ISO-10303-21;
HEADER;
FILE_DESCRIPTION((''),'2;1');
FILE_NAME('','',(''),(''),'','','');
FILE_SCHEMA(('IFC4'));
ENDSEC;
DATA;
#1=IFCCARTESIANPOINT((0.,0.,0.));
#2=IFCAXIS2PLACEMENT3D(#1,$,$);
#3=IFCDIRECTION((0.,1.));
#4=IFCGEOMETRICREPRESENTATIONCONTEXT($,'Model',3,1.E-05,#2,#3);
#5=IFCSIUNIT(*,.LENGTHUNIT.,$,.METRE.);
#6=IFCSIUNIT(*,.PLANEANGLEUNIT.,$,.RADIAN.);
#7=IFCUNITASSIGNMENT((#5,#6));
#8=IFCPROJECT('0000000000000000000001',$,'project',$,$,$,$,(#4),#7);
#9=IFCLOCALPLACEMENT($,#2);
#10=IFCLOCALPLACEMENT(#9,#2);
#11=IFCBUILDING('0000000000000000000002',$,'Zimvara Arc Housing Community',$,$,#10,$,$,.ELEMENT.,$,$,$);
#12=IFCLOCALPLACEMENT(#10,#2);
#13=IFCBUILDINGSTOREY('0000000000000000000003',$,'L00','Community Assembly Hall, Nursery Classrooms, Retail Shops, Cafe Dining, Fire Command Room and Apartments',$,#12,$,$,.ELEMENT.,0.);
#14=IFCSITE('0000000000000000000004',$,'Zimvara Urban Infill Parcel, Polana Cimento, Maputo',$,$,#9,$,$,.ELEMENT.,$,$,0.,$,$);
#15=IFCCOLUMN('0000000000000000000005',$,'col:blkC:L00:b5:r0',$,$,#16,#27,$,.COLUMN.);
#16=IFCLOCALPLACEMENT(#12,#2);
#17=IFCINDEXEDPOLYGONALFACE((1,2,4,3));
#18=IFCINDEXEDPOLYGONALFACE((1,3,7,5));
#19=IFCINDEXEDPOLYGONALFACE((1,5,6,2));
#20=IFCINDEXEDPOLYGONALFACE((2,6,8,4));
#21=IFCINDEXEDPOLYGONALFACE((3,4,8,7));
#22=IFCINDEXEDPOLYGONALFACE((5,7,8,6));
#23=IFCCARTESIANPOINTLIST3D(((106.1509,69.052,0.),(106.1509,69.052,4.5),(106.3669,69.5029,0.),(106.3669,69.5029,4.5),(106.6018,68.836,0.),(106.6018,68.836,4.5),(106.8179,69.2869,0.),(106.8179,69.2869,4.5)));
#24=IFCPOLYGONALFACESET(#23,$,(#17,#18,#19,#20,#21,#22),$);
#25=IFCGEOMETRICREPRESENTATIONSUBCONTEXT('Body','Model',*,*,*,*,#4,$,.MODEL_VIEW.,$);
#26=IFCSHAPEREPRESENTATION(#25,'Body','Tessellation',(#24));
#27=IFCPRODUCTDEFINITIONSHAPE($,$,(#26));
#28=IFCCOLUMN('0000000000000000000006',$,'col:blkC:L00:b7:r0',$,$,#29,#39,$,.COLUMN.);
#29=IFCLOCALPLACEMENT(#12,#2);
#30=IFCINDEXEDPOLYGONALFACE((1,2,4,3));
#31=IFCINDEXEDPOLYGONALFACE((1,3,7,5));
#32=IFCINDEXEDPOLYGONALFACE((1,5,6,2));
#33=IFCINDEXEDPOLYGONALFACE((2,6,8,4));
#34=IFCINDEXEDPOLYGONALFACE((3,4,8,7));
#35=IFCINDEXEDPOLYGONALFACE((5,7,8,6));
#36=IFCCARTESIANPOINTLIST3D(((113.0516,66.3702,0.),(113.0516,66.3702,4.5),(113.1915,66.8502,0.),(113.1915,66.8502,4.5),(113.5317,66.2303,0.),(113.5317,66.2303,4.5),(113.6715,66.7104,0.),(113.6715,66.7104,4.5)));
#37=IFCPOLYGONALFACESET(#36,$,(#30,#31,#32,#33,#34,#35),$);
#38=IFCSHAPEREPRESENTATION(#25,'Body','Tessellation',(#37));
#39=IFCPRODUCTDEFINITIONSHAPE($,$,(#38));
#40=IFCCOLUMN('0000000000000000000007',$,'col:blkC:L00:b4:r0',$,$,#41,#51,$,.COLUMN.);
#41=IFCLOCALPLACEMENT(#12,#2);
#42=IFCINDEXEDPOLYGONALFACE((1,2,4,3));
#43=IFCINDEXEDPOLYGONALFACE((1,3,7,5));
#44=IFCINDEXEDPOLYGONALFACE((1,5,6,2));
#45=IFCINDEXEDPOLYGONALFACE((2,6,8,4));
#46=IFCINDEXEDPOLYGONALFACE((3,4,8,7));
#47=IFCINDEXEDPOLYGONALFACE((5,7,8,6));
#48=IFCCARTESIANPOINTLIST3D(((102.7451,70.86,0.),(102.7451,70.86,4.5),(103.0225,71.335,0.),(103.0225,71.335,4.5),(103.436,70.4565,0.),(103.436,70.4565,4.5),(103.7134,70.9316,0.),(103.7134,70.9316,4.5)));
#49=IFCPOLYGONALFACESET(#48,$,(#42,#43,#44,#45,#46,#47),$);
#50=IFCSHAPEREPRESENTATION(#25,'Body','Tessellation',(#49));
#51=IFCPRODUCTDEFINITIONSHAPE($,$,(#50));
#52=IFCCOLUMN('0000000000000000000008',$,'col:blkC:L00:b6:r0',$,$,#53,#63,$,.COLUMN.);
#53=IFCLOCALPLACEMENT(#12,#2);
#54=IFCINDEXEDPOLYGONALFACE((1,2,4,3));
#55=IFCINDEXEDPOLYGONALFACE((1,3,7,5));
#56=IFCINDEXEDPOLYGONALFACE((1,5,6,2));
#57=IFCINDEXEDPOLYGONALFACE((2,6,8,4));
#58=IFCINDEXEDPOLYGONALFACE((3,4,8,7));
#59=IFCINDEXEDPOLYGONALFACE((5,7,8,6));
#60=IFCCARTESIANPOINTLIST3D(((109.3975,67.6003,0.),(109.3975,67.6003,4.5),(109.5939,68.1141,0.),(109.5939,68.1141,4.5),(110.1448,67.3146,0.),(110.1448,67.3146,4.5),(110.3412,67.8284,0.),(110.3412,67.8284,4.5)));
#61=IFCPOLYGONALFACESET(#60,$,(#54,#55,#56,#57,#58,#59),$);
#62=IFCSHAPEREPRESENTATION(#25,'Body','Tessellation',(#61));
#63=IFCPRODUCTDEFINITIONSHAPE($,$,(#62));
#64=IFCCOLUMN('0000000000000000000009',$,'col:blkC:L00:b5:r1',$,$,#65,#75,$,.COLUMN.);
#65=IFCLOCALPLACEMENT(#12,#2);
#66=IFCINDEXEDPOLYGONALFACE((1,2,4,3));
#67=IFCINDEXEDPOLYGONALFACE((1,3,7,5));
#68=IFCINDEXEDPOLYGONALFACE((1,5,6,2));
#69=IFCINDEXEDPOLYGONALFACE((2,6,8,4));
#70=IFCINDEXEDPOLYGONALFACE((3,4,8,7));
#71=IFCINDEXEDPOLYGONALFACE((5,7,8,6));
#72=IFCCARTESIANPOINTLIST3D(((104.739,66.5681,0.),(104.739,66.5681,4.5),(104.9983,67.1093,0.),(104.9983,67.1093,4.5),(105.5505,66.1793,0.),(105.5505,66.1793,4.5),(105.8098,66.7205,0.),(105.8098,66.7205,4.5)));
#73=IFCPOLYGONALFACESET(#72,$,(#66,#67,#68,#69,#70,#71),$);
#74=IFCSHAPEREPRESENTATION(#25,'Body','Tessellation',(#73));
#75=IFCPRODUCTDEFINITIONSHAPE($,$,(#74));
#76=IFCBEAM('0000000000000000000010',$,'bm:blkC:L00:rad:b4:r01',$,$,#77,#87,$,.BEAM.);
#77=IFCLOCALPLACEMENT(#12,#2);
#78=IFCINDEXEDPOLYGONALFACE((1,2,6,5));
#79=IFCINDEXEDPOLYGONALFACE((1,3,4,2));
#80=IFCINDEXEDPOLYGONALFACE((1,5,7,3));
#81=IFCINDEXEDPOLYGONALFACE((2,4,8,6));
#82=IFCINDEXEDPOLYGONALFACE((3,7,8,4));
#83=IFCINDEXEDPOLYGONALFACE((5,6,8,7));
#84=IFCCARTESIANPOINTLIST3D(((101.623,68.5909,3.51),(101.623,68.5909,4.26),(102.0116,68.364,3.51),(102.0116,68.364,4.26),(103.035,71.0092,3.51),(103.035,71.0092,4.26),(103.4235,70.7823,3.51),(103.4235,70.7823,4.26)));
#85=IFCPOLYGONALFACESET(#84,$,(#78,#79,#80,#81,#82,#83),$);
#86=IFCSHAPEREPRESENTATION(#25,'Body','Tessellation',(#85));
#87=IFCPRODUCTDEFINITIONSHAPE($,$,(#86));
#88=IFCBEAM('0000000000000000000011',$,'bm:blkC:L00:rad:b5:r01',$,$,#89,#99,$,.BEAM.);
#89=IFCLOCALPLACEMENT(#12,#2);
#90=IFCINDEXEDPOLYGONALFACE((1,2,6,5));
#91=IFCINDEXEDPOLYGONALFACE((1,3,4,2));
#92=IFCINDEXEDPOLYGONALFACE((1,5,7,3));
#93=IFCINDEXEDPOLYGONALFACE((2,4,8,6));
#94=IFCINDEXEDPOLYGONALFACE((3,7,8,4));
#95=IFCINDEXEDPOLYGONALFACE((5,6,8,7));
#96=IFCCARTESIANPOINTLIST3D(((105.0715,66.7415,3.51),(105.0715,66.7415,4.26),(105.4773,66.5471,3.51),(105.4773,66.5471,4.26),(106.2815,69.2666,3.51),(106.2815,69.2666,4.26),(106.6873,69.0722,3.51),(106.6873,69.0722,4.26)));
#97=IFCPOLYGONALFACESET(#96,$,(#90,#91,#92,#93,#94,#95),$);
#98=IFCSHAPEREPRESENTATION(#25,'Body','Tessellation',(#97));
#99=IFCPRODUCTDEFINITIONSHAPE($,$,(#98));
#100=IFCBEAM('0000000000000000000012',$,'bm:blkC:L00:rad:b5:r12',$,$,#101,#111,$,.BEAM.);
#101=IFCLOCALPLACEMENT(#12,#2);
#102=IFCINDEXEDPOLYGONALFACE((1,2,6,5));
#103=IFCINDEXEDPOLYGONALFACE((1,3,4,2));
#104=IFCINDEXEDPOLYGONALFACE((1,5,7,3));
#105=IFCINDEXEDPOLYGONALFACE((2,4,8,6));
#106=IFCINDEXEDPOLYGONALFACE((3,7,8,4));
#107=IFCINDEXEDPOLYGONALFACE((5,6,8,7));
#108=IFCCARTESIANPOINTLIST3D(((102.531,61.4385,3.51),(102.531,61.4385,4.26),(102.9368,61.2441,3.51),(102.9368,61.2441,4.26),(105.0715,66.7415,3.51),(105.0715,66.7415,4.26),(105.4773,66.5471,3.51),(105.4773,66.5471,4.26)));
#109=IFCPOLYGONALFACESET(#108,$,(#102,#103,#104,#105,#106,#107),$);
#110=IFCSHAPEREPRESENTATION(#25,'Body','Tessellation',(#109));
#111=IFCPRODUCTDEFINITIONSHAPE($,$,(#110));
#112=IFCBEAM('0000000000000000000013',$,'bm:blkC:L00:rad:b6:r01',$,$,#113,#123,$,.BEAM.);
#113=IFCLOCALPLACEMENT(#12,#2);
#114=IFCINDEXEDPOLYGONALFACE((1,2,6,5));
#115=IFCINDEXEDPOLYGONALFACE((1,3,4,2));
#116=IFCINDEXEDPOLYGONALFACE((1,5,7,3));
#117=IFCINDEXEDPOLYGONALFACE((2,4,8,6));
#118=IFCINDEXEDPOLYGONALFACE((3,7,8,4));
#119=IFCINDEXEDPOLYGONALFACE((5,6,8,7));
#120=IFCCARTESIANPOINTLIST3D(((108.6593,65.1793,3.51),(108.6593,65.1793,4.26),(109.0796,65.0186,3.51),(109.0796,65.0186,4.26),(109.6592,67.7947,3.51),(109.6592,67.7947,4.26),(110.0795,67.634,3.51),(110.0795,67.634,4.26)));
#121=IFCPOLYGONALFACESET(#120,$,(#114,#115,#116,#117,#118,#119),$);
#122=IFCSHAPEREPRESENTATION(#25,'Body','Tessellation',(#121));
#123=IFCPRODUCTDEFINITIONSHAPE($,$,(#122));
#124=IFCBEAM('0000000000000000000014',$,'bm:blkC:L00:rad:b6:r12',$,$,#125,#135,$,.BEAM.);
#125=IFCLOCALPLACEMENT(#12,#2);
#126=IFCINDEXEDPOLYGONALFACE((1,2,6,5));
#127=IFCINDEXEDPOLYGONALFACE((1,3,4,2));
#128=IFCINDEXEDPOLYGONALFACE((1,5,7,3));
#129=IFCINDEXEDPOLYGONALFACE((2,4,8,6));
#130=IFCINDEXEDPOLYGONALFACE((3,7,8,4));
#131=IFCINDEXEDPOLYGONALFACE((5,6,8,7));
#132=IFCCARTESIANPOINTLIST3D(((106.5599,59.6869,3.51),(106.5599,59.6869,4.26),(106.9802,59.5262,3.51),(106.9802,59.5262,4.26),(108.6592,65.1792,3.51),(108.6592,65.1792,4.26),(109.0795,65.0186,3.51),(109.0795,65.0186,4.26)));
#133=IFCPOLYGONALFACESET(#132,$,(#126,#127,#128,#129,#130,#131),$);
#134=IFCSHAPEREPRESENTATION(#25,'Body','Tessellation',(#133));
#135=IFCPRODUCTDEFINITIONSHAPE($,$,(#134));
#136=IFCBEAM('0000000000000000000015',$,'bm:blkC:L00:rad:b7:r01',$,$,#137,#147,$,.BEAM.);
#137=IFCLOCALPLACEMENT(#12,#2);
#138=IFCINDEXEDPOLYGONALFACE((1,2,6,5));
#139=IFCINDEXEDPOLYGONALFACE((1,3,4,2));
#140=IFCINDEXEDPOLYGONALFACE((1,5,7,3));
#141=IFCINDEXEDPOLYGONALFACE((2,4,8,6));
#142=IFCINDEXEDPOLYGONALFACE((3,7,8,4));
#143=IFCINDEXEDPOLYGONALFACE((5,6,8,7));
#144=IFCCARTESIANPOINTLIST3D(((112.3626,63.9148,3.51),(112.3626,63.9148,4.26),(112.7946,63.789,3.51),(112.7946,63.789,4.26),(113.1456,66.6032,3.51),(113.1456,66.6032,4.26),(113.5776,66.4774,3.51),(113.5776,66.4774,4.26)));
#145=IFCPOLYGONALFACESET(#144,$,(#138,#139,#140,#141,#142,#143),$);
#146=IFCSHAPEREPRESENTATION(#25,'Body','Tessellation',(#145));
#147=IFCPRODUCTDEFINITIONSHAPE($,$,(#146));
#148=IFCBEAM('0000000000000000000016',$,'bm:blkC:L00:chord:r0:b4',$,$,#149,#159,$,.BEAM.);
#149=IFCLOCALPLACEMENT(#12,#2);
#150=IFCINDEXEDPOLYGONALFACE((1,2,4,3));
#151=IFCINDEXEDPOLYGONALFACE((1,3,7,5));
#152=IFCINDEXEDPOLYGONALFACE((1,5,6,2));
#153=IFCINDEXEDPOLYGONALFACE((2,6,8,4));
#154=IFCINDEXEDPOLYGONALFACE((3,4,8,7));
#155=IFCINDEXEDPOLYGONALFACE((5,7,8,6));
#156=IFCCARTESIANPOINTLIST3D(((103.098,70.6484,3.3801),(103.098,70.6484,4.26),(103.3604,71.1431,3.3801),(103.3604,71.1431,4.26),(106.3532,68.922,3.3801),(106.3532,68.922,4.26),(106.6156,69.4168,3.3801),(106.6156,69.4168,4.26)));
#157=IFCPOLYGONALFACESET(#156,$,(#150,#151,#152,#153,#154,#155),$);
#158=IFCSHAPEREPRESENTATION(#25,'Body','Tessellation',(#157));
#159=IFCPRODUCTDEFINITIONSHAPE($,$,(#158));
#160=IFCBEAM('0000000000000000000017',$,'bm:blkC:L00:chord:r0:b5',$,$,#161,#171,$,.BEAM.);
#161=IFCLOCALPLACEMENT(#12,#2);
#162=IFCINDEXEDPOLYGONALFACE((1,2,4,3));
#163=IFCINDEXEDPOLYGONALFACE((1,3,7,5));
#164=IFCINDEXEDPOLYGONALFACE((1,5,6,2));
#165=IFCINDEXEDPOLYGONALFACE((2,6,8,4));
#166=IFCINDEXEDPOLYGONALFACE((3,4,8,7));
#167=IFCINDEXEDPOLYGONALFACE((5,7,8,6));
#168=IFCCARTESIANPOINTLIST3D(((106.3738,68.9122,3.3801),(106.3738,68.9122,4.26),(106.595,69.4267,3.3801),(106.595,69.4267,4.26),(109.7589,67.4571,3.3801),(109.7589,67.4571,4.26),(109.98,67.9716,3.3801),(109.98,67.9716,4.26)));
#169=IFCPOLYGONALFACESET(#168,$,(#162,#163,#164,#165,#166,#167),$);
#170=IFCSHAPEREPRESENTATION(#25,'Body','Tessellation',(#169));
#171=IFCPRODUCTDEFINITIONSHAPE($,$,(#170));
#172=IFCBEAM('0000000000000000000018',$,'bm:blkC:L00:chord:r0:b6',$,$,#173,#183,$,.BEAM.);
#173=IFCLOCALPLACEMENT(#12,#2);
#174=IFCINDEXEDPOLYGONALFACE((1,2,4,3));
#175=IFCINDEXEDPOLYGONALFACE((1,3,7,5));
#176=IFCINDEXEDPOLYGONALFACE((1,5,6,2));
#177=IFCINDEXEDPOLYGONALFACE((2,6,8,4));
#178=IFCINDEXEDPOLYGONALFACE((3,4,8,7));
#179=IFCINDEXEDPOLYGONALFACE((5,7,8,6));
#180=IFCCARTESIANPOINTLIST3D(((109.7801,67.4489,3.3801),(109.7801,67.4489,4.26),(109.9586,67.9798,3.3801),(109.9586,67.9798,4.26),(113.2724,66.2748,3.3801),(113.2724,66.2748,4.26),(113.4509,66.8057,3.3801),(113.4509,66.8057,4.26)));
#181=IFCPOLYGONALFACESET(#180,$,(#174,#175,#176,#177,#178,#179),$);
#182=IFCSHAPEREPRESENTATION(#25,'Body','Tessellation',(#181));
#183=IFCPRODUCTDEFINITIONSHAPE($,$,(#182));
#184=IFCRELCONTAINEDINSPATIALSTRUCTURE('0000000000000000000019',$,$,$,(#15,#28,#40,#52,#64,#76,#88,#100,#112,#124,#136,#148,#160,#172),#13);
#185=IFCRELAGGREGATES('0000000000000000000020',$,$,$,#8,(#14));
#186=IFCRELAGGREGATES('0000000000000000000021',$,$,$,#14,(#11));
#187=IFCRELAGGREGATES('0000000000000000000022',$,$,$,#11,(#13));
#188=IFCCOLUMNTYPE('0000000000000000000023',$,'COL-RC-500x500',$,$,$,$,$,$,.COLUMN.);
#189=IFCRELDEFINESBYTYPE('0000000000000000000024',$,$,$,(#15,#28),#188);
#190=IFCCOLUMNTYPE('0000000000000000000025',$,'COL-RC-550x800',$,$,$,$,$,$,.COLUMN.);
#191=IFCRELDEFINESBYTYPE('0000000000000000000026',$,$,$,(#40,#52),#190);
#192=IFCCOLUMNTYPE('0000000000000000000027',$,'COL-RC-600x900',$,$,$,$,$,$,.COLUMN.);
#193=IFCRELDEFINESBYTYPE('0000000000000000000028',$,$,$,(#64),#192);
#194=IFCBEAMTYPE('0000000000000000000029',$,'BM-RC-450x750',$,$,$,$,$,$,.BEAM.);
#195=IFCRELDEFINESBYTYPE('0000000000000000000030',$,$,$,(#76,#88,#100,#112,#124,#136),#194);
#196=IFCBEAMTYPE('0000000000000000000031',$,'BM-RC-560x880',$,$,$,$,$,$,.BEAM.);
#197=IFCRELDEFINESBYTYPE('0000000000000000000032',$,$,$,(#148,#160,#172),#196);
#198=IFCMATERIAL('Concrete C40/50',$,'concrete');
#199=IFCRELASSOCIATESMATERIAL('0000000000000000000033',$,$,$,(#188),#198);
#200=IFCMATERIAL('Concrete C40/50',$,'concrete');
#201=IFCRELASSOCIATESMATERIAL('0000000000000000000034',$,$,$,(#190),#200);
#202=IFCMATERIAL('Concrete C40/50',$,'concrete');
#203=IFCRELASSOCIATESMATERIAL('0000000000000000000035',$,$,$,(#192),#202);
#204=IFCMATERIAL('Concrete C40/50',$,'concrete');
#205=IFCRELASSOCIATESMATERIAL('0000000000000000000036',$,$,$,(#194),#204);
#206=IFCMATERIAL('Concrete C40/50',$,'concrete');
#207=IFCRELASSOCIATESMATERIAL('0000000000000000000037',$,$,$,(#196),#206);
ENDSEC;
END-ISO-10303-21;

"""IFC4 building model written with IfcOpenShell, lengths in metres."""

from ifc_helpers import new_model, si_unit, direction, frame, origin, origin_2d, place, context, subcontext, project, spatial, rectangle, extrude, material, material_profile, profile_set, type_object, element, save


model = new_model("IFC4")

# Units and contexts
model_context = context("Model", 3, precision=1e-05, world=origin(), true_north=direction((0.0, 1.0)))
body_context = subcontext(model_context, "Body", "Model", "MODEL_VIEW")
ifc_project = project(units=[si_unit("LENGTHUNIT", "METRE"), si_unit("PLANEANGLEUNIT", "RADIAN")], contexts=[model_context])

# Site, building, storey
site_placement = place(None, origin())
site = spatial("IfcSite", under=ifc_project, at=site_placement, Name="Zimvara Urban Infill Parcel, Polana Cimento, Maputo", CompositionType="ELEMENT", RefElevation=0.0)
building_placement = place(site_placement, origin())
building = spatial("IfcBuilding", under=site, at=building_placement, Name="Zimvara Arc Housing Community", CompositionType="ELEMENT")
storey_placement = place(building_placement, origin())
storey = spatial("IfcBuildingStorey", under=building, at=storey_placement, Name="L00", Description="Community Assembly Hall, Nursery Classrooms, Retail Shops, Cafe Dining, Fire Command Room and Apartments", CompositionType="ELEMENT", Elevation=0.0)

# Columns
ifc_material_1 = material(Name="Concrete C40/50", Category="concrete")
ifc_material_profile_1 = material_profile(ifc_material_1, rectangle(XDim=0.5, YDim=0.5, at=origin_2d()), Name="RC 500x500")
ifc_profile_set_1 = profile_set([ifc_material_profile_1], Name="Concrete C40/50")
column_type_1 = type_object("IfcColumnType", Name="COL-RC-500x500", PredefinedType="COLUMN", material=ifc_profile_set_1)
for number, where, z_axis, x_axis, name in (
    (1, (106.4844, 69.1694, 0.0), (0.0, 0.0, 1.0), (-0.432086, -0.901833, 0.0), "col:blkC:L00:b5:r0"),
    (2, (113.3616, 66.5403, 0.0), (0.0, 0.0, 1.0), (-0.279661, -0.960099, 0.0), "col:blkC:L00:b7:r0"),
):
    element("IfcColumn", number, at=place(storey_placement, frame(where, z_axis=z_axis, x_axis=x_axis)), inside=storey, type_object=column_type_1, Name=name, PredefinedType="COLUMN", context=body_context, shape_type="SweptSolid", body=[
        extrude(rectangle(XDim=0.5, YDim=0.5, at=origin_2d()), origin(), (0.0, 0.0, 1.0), 4.5),
    ])
ifc_material_2 = material(Name="Concrete C40/50", Category="concrete")
ifc_material_profile_2 = material_profile(ifc_material_2, rectangle(XDim=0.55, YDim=0.8, at=origin_2d()), Name="RC 550x800")
ifc_profile_set_2 = profile_set([ifc_material_profile_2], Name="Concrete C40/50")
column_type_2 = type_object("IfcColumnType", Name="COL-RC-550x800", PredefinedType="COLUMN", material=ifc_profile_set_2)
for number, where, z_axis, x_axis, name in (
    (3, (103.2292, 70.8958, 0.0), (0.0, 0.0, 1.0), (-0.504226, -0.863572, 0.0), "col:blkC:L00:b4:r0"),
    (4, (109.8694, 67.7144, 0.0), (0.0, 0.0, 1.0), (-0.357064, -0.93408, 0.0), "col:blkC:L00:b6:r0"),
):
    element("IfcColumn", number, at=place(storey_placement, frame(where, z_axis=z_axis, x_axis=x_axis)), inside=storey, type_object=column_type_2, Name=name, PredefinedType="COLUMN", context=body_context, shape_type="SweptSolid", body=[
        extrude(rectangle(XDim=0.55, YDim=0.8, at=origin_2d()), origin(), (0.0, 0.0, 1.0), 4.5),
    ])
ifc_material_3 = material(Name="Concrete C40/50", Category="concrete")
ifc_material_profile_3 = material_profile(ifc_material_3, rectangle(XDim=0.6001, YDim=0.8999, at=origin_2d()), Name="RC 600x900")
ifc_profile_set_3 = profile_set([ifc_material_profile_3], Name="Concrete C40/50")
column_type_3 = type_object("IfcColumnType", Name="COL-RC-600x900", PredefinedType="COLUMN", material=ifc_profile_set_3)
column_placement = place(storey_placement, frame((105.2744, 66.6443, 0.0), z_axis=(0.0, 0.0, 1.0), x_axis=(-0.432086, -0.901833, 0.0)))
element("IfcColumn", 5, at=column_placement, inside=storey, type_object=column_type_3, Name="col:blkC:L00:b5:r1", PredefinedType="COLUMN", context=body_context, shape_type="SweptSolid", body=[
    extrude(rectangle(XDim=0.6001, YDim=0.8999, at=origin_2d()), origin(), (0.0, 0.0, 1.0), 4.5),
])

# Beams
ifc_material_4 = material(Name="Concrete C40/50", Category="concrete")
ifc_material_profile_4 = material_profile(ifc_material_4, rectangle(XDim=0.45, YDim=0.75, at=origin_2d()), Name="RC 450x750")
ifc_profile_set_4 = profile_set([ifc_material_profile_4], Name="Concrete C40/50")
beam_type_1 = type_object("IfcBeamType", Name="BM-RC-450x750", PredefinedType="BEAM", material=ifc_profile_set_4)
beam_1_placement = place(storey_placement, frame((103.2292, 70.8958, 3.885), z_axis=(-0.504202, -0.863586, 0.0), x_axis=(0.863586, -0.504202, 0.0)))
element("IfcBeam", 6, at=beam_1_placement, inside=storey, type_object=beam_type_1, Name="bm:blkC:L00:rad:b4:r01", PredefinedType="BEAM", context=body_context, shape_type="SweptSolid", body=[
    extrude(rectangle(XDim=0.45, YDim=0.75, at=origin_2d()), origin(), (0.0, 0.0, 1.0), 2.8003),
])
beam_2_placement = place(storey_placement, frame((106.4844, 69.1694, 3.885), z_axis=(-0.432119, -0.901817, 0.0), x_axis=(0.901817, -0.432119, 0.0)))
element("IfcBeam", 7, at=beam_2_placement, inside=storey, type_object=beam_type_1, Name="bm:blkC:L00:rad:b5:r01", PredefinedType="BEAM", context=body_context, shape_type="SweptSolid", body=[
    extrude(rectangle(XDim=0.45, YDim=0.75, at=origin_2d()), origin(), (0.0, 0.0, 1.0), 2.8),
])
beam_3_placement = place(storey_placement, frame((105.2744, 66.6443, 3.885), z_axis=(-0.432053, -0.901848, 0.0), x_axis=(0.901848, -0.432053, 0.0)))
element("IfcBeam", 8, at=beam_3_placement, inside=storey, type_object=beam_type_1, Name="bm:blkC:L00:rad:b5:r12", PredefinedType="BEAM", context=body_context, shape_type="SweptSolid", body=[
    extrude(rectangle(XDim=0.45, YDim=0.75, at=origin_2d()), origin(), (0.0, 0.0, 1.0), 5.8801),
])
beam_4_placement = place(storey_placement, frame((109.8694, 67.7144, 3.885), z_axis=(-0.357126, -0.934056, 0.0), x_axis=(0.934056, -0.357126, 0.0)))
element("IfcBeam", 9, at=beam_4_placement, inside=storey, type_object=beam_type_1, Name="bm:blkC:L00:rad:b6:r01", PredefinedType="BEAM", context=body_context, shape_type="SweptSolid", body=[
    extrude(rectangle(XDim=0.45, YDim=0.75, at=origin_2d()), origin(), (0.0, 0.0, 1.0), 2.8),
])
beam_5_placement = place(storey_placement, frame((108.8694, 65.0989, 3.885), z_axis=(-0.357036, -0.934091, 0.0), x_axis=(0.934091, -0.357036, 0.0)))
element("IfcBeam", 10, at=beam_5_placement, inside=storey, type_object=beam_type_1, Name="bm:blkC:L00:rad:b6:r12", PredefinedType="BEAM", context=body_context, shape_type="SweptSolid", body=[
    extrude(rectangle(XDim=0.45, YDim=0.75, at=origin_2d()), origin(), (0.0, 0.0, 1.0), 5.8799),
])
beam_6_placement = place(storey_placement, frame((113.3616, 66.5403, 3.885), z_axis=(-0.279635, -0.960106, 0.0), x_axis=(0.960106, -0.279635, 0.0)))
element("IfcBeam", 11, at=beam_6_placement, inside=storey, type_object=beam_type_1, Name="bm:blkC:L00:rad:b7:r01", PredefinedType="BEAM", context=body_context, shape_type="SweptSolid", body=[
    extrude(rectangle(XDim=0.45, YDim=0.75, at=origin_2d()), origin(), (0.0, 0.0, 1.0), 2.8),
])
ifc_material_5 = material(Name="Concrete C40/50", Category="concrete")
ifc_material_profile_5 = material_profile(ifc_material_5, rectangle(XDim=0.5601, YDim=0.8799, at=origin_2d()), Name="RC 560x880")
ifc_profile_set_5 = profile_set([ifc_material_profile_5], Name="Concrete C40/50")
beam_type_2 = type_object("IfcBeamType", Name="BM-RC-560x880", PredefinedType="BEAM", material=ifc_profile_set_5)
for number, where, z_axis, x_axis, name in (
    (12, (103.2292, 70.8958, 3.8201), (0.883449, -0.468527, 0.0), (0.468527, 0.883449, 0.0), "bm:blkC:L00:chord:r0:b4"),
    (13, (106.4844, 69.1694, 3.8201), (0.918716, -0.394919, 0.0), (0.394919, 0.918716, 0.0), "bm:blkC:L00:chord:r0:b5"),
):
    element("IfcBeam", number, at=place(storey_placement, frame(where, z_axis=z_axis, x_axis=x_axis)), inside=storey, type_object=beam_type_2, Name=name, PredefinedType="BEAM", context=body_context, shape_type="SweptSolid", body=[
        extrude(rectangle(XDim=0.5601, YDim=0.8799, at=origin_2d()), origin(), (0.0, 0.0, 1.0), 3.6846),
    ])
beam_7_placement = place(storey_placement, frame((109.8694, 67.7144, 3.8201), z_axis=(0.947865, -0.318672, 0.0), x_axis=(0.318672, 0.947865, 0.0)))
element("IfcBeam", 14, at=beam_7_placement, inside=storey, type_object=beam_type_2, Name="bm:blkC:L00:chord:r0:b6", PredefinedType="BEAM", context=body_context, shape_type="SweptSolid", body=[
    extrude(rectangle(XDim=0.5601, YDim=0.8799, at=origin_2d()), origin(), (0.0, 0.0, 1.0), 3.6843),
])

save(model, "model.ifc")
